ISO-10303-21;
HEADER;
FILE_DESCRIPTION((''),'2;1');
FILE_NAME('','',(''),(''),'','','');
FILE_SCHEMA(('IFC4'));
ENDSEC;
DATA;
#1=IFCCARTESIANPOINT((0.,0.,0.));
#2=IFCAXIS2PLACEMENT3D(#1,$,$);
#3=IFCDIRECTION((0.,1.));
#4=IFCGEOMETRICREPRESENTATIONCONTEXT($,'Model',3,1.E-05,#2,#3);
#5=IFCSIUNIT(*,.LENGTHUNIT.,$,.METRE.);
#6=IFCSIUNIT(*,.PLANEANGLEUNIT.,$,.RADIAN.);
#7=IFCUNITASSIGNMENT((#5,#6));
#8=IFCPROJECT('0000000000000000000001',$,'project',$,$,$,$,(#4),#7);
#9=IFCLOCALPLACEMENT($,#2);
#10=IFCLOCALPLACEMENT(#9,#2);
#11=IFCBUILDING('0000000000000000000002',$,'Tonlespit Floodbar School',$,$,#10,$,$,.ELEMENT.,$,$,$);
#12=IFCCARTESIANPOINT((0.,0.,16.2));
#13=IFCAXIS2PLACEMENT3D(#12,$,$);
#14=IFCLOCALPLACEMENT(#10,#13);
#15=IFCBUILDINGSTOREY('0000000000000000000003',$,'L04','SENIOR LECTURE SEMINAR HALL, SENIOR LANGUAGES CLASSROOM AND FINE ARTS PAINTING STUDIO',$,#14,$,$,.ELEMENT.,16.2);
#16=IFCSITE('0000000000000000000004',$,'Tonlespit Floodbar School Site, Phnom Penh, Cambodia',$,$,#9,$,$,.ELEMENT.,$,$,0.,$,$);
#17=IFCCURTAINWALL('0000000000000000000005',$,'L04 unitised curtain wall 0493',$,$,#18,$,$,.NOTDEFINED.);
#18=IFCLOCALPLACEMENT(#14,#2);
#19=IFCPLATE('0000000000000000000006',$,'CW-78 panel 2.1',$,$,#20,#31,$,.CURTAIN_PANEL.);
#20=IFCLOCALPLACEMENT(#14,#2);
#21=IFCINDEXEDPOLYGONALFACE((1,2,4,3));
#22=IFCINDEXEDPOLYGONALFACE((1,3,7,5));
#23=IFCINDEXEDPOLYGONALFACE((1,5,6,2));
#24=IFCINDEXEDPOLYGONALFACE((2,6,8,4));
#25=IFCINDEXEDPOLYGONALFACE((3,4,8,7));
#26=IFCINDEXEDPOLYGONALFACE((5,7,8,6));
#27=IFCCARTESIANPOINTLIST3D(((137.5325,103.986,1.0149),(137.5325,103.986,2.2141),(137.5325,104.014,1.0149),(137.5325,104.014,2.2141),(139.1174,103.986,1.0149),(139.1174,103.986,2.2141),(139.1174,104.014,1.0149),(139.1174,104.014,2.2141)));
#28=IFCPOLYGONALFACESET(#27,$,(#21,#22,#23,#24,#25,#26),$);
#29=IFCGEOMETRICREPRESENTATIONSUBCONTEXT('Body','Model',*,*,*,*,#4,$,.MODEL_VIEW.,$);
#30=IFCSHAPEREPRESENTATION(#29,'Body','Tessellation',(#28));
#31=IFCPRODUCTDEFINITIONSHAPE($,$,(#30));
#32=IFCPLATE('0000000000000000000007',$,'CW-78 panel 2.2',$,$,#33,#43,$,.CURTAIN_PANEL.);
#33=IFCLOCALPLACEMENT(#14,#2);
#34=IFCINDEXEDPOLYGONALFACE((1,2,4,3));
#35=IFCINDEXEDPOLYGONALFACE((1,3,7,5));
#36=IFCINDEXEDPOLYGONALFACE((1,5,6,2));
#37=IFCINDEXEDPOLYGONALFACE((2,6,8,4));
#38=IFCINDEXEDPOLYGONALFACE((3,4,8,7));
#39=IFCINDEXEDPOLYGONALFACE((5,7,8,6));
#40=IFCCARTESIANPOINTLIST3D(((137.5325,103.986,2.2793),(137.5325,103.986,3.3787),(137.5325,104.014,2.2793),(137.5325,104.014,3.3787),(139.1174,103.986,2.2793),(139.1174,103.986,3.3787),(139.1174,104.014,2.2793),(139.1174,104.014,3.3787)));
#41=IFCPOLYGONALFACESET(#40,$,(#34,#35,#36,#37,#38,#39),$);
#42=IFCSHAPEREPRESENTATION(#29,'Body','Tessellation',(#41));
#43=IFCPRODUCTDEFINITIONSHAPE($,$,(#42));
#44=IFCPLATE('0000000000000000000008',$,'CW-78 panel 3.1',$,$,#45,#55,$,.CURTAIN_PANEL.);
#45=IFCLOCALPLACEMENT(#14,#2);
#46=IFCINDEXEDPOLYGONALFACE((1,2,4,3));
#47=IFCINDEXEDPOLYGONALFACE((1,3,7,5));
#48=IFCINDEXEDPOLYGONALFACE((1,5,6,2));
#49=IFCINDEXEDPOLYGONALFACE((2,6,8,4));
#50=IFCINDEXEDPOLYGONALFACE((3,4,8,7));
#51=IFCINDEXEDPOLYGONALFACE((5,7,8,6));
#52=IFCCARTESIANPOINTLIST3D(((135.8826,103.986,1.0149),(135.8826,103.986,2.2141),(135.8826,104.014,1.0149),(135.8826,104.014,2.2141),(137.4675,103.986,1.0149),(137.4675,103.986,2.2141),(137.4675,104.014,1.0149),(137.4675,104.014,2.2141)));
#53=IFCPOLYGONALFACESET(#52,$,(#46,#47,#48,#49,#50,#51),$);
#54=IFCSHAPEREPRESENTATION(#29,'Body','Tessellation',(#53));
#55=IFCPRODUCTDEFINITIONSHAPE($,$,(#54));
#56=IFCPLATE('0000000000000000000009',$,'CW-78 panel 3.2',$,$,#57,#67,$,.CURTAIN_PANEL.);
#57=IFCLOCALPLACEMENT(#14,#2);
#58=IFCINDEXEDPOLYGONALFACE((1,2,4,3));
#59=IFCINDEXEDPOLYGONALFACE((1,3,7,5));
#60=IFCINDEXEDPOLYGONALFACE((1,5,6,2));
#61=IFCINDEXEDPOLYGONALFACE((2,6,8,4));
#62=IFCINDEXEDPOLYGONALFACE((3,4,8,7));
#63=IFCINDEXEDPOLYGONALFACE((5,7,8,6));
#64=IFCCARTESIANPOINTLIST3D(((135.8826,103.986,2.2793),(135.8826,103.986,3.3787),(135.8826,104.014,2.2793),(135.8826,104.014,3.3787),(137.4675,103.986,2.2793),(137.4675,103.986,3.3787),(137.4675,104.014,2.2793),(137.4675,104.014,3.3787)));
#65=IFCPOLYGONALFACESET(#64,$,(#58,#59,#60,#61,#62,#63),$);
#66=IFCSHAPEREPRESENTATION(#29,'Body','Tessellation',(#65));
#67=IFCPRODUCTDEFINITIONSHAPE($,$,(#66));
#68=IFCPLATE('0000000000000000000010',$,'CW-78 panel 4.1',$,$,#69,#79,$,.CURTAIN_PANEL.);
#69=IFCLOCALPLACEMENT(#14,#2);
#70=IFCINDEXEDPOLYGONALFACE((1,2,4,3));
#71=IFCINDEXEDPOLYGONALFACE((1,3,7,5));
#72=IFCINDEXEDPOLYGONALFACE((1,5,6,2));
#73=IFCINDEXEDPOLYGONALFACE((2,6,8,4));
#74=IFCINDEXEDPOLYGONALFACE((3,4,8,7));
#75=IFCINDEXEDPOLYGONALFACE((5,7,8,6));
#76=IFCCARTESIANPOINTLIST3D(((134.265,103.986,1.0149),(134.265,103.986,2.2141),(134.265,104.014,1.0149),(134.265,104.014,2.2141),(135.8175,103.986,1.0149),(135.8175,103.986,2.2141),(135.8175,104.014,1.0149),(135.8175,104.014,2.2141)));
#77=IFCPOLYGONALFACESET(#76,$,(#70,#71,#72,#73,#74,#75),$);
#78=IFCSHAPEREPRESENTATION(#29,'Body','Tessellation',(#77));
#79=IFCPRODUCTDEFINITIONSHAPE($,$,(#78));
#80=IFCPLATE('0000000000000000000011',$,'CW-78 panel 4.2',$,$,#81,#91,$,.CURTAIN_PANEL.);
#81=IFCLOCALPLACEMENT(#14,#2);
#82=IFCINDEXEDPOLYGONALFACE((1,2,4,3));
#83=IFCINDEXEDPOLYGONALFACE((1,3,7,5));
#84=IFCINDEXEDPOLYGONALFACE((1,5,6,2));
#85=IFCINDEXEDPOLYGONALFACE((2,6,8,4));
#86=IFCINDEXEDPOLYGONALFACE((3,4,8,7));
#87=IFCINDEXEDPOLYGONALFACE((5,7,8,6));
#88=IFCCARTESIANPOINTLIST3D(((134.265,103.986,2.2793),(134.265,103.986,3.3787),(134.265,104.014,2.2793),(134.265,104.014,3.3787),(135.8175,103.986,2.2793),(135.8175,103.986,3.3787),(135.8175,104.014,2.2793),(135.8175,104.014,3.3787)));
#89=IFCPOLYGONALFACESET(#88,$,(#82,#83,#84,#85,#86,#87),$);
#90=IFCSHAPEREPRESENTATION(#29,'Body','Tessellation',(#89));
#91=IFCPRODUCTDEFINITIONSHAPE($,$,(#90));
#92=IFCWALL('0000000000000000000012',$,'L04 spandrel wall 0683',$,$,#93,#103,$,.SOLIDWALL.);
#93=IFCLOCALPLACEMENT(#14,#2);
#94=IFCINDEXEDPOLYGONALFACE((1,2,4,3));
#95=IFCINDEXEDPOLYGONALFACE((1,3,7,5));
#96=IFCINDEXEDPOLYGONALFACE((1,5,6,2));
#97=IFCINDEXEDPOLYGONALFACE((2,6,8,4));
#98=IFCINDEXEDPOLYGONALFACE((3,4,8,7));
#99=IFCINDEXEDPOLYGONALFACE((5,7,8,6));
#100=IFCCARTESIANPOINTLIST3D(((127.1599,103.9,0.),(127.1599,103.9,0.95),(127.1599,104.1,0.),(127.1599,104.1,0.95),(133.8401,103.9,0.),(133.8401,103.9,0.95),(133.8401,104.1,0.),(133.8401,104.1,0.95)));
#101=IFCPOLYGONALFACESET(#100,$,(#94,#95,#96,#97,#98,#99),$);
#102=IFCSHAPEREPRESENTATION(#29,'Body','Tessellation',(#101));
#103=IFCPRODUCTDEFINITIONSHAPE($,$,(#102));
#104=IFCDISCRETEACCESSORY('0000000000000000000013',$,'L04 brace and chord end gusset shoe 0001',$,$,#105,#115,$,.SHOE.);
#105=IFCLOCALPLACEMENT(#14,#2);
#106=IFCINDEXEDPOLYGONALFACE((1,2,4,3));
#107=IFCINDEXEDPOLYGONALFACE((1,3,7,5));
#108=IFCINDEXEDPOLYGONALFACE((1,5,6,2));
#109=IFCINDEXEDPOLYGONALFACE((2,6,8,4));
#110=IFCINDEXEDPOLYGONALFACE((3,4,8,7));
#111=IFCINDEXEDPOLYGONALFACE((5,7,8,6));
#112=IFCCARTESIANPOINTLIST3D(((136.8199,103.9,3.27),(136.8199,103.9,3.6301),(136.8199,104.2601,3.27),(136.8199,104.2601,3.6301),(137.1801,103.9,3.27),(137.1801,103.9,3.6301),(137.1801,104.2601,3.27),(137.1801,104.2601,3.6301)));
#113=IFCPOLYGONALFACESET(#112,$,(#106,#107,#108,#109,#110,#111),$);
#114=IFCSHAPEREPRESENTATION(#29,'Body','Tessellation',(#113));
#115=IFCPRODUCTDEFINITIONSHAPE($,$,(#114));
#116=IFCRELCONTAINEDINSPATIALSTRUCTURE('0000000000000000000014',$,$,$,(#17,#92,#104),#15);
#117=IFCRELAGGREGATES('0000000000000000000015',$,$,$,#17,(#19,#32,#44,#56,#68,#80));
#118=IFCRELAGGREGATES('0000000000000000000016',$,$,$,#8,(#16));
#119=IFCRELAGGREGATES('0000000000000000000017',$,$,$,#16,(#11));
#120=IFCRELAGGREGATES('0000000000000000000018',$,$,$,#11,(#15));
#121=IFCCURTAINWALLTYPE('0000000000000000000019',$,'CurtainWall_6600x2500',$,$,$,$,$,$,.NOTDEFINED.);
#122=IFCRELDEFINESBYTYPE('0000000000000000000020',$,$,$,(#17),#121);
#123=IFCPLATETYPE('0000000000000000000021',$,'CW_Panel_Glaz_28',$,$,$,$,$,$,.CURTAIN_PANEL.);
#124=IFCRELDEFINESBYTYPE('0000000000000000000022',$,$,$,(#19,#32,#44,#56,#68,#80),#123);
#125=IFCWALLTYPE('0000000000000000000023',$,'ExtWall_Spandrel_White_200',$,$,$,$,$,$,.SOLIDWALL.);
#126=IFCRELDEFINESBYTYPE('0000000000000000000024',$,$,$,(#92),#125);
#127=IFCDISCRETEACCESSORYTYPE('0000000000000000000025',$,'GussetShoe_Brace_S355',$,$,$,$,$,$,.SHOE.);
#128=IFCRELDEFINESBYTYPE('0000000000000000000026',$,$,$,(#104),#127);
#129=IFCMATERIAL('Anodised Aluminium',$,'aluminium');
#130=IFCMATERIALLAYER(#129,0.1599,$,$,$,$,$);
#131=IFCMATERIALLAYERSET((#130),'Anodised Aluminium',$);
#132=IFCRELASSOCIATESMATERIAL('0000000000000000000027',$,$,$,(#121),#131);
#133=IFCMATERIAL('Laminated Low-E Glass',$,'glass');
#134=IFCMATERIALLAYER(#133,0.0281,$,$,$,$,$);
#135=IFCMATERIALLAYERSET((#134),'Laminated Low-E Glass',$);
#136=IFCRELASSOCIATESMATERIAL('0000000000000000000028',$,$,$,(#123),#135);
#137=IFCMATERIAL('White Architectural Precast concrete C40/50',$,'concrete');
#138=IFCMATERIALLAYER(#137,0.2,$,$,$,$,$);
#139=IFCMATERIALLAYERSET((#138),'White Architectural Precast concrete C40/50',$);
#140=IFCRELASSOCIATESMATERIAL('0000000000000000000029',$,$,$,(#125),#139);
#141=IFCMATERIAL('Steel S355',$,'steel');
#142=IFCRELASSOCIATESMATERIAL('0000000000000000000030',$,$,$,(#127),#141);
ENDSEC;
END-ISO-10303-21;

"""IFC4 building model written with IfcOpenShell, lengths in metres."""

from ifc_helpers import new_model, si_unit, direction, frame, frame_2d, origin, origin_2d, place, context, subcontext, project, spatial, rectangle, extrude, material, layer, layer_set, type_object, element, aggregate, save


model = new_model("IFC4")

# Units and contexts
model_context = context("Model", 3, precision=1e-05, world=origin(), true_north=direction((0.0, 1.0)))
body_context = subcontext(model_context, "Body", "Model", "MODEL_VIEW")
ifc_project = project(units=[si_unit("LENGTHUNIT", "METRE"), si_unit("PLANEANGLEUNIT", "RADIAN")], contexts=[model_context])

# Site, building, storey
site_placement = place(None, origin())
site = spatial("IfcSite", under=ifc_project, at=site_placement, Name="Tonlespit Floodbar School Site, Phnom Penh, Cambodia", CompositionType="ELEMENT", RefElevation=0.0)
building_placement = place(site_placement, origin())
building = spatial("IfcBuilding", under=site, at=building_placement, Name="Tonlespit Floodbar School", CompositionType="ELEMENT")
storey_placement = place(building_placement, frame((0.0, 0.0, 16.2)))
storey = spatial("IfcBuildingStorey", under=building, at=storey_placement, Name="L04", Description="SENIOR LECTURE SEMINAR HALL, SENIOR LANGUAGES CLASSROOM AND FINE ARTS PAINTING STUDIO", CompositionType="ELEMENT", Elevation=16.2)

# Curtain wall
ifc_material_1 = material(Name="Anodised Aluminium", Category="aluminium")
ifc_layer_1 = layer(ifc_material_1, 0.1599)
ifc_layer_set_1 = layer_set([ifc_layer_1], Name="Anodised Aluminium")
curtain_wall_type = type_object("IfcCurtainWallType", Name="CurtainWall_6600x2500", PredefinedType="NOTDEFINED", material=ifc_layer_set_1)
curtain_wall_placement = place(storey_placement, origin())
curtain_wall = element("IfcCurtainWall", 1, at=curtain_wall_placement, inside=storey, type_object=curtain_wall_type, Name="L04 unitised curtain wall 0493", PredefinedType="NOTDEFINED")

# Shared definitions
ifc_material_2 = material(Name="Steel S355", Category="steel")

# Plates
ifc_material_3 = material(Name="Laminated Low-E Glass", Category="glass")
ifc_layer_2 = layer(ifc_material_3, 0.0281)
ifc_layer_set_2 = layer_set([ifc_layer_2], Name="Laminated Low-E Glass")
plate_type = type_object("IfcPlateType", Name="CW_Panel_Glaz_28", PredefinedType="CURTAIN_PANEL", material=ifc_layer_set_2)
plate_1_placement = place(storey_placement, frame((138.325, 104.0, 1.0149), z_axis=(0.0, 0.0, 1.0), x_axis=(-1.0, 0.0, 0.0)))
plate_1 = element("IfcPlate", 2, at=plate_1_placement, type_object=plate_type, Name="CW-78 panel 2.1", PredefinedType="CURTAIN_PANEL", context=body_context, shape_type="SweptSolid", body=[
    extrude(rectangle(XDim=1.585, YDim=0.0281, at=origin_2d()), origin(), (0.0, 0.0, 1.0), 1.1992),
])
plate_2_placement = place(storey_placement, frame((138.325, 104.0, 2.2793), z_axis=(0.0, 0.0, 1.0), x_axis=(-1.0, 0.0, 0.0)))
plate_2 = element("IfcPlate", 3, at=plate_2_placement, type_object=plate_type, Name="CW-78 panel 2.2", PredefinedType="CURTAIN_PANEL", context=body_context, shape_type="SweptSolid", body=[
    extrude(rectangle(XDim=1.585, YDim=0.0281, at=origin_2d()), origin(), (0.0, 0.0, 1.0), 1.0994),
])
plate_3_placement = place(storey_placement, frame((136.675, 104.0, 1.0149), z_axis=(0.0, 0.0, 1.0), x_axis=(-1.0, 0.0, 0.0)))
plate_3 = element("IfcPlate", 4, at=plate_3_placement, type_object=plate_type, Name="CW-78 panel 3.1", PredefinedType="CURTAIN_PANEL", context=body_context, shape_type="SweptSolid", body=[
    extrude(rectangle(XDim=1.585, YDim=0.0281, at=origin_2d()), origin(), (0.0, 0.0, 1.0), 1.1992),
])
plate_4_placement = place(storey_placement, frame((136.675, 104.0, 2.2793), z_axis=(0.0, 0.0, 1.0), x_axis=(-1.0, 0.0, 0.0)))
plate_4 = element("IfcPlate", 5, at=plate_4_placement, type_object=plate_type, Name="CW-78 panel 3.2", PredefinedType="CURTAIN_PANEL", context=body_context, shape_type="SweptSolid", body=[
    extrude(rectangle(XDim=1.585, YDim=0.0281, at=origin_2d()), origin(), (0.0, 0.0, 1.0), 1.0994),
])
plate_5_placement = place(storey_placement, frame((135.0413, 104.0, 1.0149), z_axis=(0.0, 0.0, 1.0), x_axis=(-1.0, 0.0, 0.0)))
plate_5 = element("IfcPlate", 6, at=plate_5_placement, type_object=plate_type, Name="CW-78 panel 4.1", PredefinedType="CURTAIN_PANEL", context=body_context, shape_type="SweptSolid", body=[
    extrude(rectangle(XDim=1.5525, YDim=0.0281, at=origin_2d()), origin(), (0.0, 0.0, 1.0), 1.1992),
])
plate_6_placement = place(storey_placement, frame((135.0413, 104.0, 2.2793), z_axis=(0.0, 0.0, 1.0), x_axis=(-1.0, 0.0, 0.0)))
plate_6 = element("IfcPlate", 7, at=plate_6_placement, type_object=plate_type, Name="CW-78 panel 4.2", PredefinedType="CURTAIN_PANEL", context=body_context, shape_type="SweptSolid", body=[
    extrude(rectangle(XDim=1.5525, YDim=0.0281, at=origin_2d()), origin(), (0.0, 0.0, 1.0), 1.0994),
])
aggregate(curtain_wall, [plate_1, plate_2, plate_3, plate_4, plate_5, plate_6])

# Wall
ifc_material_4 = material(Name="White Architectural Precast concrete C40/50", Category="concrete")
ifc_layer_3 = layer(ifc_material_4, 0.2)
ifc_layer_set_3 = layer_set([ifc_layer_3], Name="White Architectural Precast concrete C40/50")
wall_type = type_object("IfcWallType", Name="ExtWall_Spandrel_White_200", PredefinedType="SOLIDWALL", material=ifc_layer_set_3)
wall_placement = place(storey_placement, frame((133.8401, 104.0, 0.0), z_axis=(0.0, 0.0, 1.0), x_axis=(-1.0, 0.0, 0.0)))
element("IfcWall", 8, at=wall_placement, inside=storey, type_object=wall_type, Name="L04 spandrel wall 0683", PredefinedType="SOLIDWALL", context=body_context, shape_type="SweptSolid", body=[
    extrude(rectangle(XDim=6.6802, YDim=0.2, at=frame_2d((3.3401, 0.0))), origin(), (0.0, 0.0, 1.0), 0.95),
])

# Discrete accessory
discrete_accessory_type = type_object("IfcDiscreteAccessoryType", Name="GussetShoe_Brace_S355", PredefinedType="SHOE", material=ifc_material_2)
discrete_accessory_placement = place(storey_placement, frame((137.0, 104.0801, 3.27), z_axis=(0.0, 0.0, 1.0), x_axis=(1.0, 0.0, 0.0)))
element("IfcDiscreteAccessory", 9, at=discrete_accessory_placement, inside=storey, type_object=discrete_accessory_type, Name="L04 brace and chord end gusset shoe 0001", PredefinedType="SHOE", context=body_context, shape_type="SweptSolid", body=[
    extrude(rectangle(XDim=0.3601, YDim=0.3601, at=origin_2d()), origin(), (0.0, 0.0, 1.0), 0.3601),
])

save(model, "model.ifc")
